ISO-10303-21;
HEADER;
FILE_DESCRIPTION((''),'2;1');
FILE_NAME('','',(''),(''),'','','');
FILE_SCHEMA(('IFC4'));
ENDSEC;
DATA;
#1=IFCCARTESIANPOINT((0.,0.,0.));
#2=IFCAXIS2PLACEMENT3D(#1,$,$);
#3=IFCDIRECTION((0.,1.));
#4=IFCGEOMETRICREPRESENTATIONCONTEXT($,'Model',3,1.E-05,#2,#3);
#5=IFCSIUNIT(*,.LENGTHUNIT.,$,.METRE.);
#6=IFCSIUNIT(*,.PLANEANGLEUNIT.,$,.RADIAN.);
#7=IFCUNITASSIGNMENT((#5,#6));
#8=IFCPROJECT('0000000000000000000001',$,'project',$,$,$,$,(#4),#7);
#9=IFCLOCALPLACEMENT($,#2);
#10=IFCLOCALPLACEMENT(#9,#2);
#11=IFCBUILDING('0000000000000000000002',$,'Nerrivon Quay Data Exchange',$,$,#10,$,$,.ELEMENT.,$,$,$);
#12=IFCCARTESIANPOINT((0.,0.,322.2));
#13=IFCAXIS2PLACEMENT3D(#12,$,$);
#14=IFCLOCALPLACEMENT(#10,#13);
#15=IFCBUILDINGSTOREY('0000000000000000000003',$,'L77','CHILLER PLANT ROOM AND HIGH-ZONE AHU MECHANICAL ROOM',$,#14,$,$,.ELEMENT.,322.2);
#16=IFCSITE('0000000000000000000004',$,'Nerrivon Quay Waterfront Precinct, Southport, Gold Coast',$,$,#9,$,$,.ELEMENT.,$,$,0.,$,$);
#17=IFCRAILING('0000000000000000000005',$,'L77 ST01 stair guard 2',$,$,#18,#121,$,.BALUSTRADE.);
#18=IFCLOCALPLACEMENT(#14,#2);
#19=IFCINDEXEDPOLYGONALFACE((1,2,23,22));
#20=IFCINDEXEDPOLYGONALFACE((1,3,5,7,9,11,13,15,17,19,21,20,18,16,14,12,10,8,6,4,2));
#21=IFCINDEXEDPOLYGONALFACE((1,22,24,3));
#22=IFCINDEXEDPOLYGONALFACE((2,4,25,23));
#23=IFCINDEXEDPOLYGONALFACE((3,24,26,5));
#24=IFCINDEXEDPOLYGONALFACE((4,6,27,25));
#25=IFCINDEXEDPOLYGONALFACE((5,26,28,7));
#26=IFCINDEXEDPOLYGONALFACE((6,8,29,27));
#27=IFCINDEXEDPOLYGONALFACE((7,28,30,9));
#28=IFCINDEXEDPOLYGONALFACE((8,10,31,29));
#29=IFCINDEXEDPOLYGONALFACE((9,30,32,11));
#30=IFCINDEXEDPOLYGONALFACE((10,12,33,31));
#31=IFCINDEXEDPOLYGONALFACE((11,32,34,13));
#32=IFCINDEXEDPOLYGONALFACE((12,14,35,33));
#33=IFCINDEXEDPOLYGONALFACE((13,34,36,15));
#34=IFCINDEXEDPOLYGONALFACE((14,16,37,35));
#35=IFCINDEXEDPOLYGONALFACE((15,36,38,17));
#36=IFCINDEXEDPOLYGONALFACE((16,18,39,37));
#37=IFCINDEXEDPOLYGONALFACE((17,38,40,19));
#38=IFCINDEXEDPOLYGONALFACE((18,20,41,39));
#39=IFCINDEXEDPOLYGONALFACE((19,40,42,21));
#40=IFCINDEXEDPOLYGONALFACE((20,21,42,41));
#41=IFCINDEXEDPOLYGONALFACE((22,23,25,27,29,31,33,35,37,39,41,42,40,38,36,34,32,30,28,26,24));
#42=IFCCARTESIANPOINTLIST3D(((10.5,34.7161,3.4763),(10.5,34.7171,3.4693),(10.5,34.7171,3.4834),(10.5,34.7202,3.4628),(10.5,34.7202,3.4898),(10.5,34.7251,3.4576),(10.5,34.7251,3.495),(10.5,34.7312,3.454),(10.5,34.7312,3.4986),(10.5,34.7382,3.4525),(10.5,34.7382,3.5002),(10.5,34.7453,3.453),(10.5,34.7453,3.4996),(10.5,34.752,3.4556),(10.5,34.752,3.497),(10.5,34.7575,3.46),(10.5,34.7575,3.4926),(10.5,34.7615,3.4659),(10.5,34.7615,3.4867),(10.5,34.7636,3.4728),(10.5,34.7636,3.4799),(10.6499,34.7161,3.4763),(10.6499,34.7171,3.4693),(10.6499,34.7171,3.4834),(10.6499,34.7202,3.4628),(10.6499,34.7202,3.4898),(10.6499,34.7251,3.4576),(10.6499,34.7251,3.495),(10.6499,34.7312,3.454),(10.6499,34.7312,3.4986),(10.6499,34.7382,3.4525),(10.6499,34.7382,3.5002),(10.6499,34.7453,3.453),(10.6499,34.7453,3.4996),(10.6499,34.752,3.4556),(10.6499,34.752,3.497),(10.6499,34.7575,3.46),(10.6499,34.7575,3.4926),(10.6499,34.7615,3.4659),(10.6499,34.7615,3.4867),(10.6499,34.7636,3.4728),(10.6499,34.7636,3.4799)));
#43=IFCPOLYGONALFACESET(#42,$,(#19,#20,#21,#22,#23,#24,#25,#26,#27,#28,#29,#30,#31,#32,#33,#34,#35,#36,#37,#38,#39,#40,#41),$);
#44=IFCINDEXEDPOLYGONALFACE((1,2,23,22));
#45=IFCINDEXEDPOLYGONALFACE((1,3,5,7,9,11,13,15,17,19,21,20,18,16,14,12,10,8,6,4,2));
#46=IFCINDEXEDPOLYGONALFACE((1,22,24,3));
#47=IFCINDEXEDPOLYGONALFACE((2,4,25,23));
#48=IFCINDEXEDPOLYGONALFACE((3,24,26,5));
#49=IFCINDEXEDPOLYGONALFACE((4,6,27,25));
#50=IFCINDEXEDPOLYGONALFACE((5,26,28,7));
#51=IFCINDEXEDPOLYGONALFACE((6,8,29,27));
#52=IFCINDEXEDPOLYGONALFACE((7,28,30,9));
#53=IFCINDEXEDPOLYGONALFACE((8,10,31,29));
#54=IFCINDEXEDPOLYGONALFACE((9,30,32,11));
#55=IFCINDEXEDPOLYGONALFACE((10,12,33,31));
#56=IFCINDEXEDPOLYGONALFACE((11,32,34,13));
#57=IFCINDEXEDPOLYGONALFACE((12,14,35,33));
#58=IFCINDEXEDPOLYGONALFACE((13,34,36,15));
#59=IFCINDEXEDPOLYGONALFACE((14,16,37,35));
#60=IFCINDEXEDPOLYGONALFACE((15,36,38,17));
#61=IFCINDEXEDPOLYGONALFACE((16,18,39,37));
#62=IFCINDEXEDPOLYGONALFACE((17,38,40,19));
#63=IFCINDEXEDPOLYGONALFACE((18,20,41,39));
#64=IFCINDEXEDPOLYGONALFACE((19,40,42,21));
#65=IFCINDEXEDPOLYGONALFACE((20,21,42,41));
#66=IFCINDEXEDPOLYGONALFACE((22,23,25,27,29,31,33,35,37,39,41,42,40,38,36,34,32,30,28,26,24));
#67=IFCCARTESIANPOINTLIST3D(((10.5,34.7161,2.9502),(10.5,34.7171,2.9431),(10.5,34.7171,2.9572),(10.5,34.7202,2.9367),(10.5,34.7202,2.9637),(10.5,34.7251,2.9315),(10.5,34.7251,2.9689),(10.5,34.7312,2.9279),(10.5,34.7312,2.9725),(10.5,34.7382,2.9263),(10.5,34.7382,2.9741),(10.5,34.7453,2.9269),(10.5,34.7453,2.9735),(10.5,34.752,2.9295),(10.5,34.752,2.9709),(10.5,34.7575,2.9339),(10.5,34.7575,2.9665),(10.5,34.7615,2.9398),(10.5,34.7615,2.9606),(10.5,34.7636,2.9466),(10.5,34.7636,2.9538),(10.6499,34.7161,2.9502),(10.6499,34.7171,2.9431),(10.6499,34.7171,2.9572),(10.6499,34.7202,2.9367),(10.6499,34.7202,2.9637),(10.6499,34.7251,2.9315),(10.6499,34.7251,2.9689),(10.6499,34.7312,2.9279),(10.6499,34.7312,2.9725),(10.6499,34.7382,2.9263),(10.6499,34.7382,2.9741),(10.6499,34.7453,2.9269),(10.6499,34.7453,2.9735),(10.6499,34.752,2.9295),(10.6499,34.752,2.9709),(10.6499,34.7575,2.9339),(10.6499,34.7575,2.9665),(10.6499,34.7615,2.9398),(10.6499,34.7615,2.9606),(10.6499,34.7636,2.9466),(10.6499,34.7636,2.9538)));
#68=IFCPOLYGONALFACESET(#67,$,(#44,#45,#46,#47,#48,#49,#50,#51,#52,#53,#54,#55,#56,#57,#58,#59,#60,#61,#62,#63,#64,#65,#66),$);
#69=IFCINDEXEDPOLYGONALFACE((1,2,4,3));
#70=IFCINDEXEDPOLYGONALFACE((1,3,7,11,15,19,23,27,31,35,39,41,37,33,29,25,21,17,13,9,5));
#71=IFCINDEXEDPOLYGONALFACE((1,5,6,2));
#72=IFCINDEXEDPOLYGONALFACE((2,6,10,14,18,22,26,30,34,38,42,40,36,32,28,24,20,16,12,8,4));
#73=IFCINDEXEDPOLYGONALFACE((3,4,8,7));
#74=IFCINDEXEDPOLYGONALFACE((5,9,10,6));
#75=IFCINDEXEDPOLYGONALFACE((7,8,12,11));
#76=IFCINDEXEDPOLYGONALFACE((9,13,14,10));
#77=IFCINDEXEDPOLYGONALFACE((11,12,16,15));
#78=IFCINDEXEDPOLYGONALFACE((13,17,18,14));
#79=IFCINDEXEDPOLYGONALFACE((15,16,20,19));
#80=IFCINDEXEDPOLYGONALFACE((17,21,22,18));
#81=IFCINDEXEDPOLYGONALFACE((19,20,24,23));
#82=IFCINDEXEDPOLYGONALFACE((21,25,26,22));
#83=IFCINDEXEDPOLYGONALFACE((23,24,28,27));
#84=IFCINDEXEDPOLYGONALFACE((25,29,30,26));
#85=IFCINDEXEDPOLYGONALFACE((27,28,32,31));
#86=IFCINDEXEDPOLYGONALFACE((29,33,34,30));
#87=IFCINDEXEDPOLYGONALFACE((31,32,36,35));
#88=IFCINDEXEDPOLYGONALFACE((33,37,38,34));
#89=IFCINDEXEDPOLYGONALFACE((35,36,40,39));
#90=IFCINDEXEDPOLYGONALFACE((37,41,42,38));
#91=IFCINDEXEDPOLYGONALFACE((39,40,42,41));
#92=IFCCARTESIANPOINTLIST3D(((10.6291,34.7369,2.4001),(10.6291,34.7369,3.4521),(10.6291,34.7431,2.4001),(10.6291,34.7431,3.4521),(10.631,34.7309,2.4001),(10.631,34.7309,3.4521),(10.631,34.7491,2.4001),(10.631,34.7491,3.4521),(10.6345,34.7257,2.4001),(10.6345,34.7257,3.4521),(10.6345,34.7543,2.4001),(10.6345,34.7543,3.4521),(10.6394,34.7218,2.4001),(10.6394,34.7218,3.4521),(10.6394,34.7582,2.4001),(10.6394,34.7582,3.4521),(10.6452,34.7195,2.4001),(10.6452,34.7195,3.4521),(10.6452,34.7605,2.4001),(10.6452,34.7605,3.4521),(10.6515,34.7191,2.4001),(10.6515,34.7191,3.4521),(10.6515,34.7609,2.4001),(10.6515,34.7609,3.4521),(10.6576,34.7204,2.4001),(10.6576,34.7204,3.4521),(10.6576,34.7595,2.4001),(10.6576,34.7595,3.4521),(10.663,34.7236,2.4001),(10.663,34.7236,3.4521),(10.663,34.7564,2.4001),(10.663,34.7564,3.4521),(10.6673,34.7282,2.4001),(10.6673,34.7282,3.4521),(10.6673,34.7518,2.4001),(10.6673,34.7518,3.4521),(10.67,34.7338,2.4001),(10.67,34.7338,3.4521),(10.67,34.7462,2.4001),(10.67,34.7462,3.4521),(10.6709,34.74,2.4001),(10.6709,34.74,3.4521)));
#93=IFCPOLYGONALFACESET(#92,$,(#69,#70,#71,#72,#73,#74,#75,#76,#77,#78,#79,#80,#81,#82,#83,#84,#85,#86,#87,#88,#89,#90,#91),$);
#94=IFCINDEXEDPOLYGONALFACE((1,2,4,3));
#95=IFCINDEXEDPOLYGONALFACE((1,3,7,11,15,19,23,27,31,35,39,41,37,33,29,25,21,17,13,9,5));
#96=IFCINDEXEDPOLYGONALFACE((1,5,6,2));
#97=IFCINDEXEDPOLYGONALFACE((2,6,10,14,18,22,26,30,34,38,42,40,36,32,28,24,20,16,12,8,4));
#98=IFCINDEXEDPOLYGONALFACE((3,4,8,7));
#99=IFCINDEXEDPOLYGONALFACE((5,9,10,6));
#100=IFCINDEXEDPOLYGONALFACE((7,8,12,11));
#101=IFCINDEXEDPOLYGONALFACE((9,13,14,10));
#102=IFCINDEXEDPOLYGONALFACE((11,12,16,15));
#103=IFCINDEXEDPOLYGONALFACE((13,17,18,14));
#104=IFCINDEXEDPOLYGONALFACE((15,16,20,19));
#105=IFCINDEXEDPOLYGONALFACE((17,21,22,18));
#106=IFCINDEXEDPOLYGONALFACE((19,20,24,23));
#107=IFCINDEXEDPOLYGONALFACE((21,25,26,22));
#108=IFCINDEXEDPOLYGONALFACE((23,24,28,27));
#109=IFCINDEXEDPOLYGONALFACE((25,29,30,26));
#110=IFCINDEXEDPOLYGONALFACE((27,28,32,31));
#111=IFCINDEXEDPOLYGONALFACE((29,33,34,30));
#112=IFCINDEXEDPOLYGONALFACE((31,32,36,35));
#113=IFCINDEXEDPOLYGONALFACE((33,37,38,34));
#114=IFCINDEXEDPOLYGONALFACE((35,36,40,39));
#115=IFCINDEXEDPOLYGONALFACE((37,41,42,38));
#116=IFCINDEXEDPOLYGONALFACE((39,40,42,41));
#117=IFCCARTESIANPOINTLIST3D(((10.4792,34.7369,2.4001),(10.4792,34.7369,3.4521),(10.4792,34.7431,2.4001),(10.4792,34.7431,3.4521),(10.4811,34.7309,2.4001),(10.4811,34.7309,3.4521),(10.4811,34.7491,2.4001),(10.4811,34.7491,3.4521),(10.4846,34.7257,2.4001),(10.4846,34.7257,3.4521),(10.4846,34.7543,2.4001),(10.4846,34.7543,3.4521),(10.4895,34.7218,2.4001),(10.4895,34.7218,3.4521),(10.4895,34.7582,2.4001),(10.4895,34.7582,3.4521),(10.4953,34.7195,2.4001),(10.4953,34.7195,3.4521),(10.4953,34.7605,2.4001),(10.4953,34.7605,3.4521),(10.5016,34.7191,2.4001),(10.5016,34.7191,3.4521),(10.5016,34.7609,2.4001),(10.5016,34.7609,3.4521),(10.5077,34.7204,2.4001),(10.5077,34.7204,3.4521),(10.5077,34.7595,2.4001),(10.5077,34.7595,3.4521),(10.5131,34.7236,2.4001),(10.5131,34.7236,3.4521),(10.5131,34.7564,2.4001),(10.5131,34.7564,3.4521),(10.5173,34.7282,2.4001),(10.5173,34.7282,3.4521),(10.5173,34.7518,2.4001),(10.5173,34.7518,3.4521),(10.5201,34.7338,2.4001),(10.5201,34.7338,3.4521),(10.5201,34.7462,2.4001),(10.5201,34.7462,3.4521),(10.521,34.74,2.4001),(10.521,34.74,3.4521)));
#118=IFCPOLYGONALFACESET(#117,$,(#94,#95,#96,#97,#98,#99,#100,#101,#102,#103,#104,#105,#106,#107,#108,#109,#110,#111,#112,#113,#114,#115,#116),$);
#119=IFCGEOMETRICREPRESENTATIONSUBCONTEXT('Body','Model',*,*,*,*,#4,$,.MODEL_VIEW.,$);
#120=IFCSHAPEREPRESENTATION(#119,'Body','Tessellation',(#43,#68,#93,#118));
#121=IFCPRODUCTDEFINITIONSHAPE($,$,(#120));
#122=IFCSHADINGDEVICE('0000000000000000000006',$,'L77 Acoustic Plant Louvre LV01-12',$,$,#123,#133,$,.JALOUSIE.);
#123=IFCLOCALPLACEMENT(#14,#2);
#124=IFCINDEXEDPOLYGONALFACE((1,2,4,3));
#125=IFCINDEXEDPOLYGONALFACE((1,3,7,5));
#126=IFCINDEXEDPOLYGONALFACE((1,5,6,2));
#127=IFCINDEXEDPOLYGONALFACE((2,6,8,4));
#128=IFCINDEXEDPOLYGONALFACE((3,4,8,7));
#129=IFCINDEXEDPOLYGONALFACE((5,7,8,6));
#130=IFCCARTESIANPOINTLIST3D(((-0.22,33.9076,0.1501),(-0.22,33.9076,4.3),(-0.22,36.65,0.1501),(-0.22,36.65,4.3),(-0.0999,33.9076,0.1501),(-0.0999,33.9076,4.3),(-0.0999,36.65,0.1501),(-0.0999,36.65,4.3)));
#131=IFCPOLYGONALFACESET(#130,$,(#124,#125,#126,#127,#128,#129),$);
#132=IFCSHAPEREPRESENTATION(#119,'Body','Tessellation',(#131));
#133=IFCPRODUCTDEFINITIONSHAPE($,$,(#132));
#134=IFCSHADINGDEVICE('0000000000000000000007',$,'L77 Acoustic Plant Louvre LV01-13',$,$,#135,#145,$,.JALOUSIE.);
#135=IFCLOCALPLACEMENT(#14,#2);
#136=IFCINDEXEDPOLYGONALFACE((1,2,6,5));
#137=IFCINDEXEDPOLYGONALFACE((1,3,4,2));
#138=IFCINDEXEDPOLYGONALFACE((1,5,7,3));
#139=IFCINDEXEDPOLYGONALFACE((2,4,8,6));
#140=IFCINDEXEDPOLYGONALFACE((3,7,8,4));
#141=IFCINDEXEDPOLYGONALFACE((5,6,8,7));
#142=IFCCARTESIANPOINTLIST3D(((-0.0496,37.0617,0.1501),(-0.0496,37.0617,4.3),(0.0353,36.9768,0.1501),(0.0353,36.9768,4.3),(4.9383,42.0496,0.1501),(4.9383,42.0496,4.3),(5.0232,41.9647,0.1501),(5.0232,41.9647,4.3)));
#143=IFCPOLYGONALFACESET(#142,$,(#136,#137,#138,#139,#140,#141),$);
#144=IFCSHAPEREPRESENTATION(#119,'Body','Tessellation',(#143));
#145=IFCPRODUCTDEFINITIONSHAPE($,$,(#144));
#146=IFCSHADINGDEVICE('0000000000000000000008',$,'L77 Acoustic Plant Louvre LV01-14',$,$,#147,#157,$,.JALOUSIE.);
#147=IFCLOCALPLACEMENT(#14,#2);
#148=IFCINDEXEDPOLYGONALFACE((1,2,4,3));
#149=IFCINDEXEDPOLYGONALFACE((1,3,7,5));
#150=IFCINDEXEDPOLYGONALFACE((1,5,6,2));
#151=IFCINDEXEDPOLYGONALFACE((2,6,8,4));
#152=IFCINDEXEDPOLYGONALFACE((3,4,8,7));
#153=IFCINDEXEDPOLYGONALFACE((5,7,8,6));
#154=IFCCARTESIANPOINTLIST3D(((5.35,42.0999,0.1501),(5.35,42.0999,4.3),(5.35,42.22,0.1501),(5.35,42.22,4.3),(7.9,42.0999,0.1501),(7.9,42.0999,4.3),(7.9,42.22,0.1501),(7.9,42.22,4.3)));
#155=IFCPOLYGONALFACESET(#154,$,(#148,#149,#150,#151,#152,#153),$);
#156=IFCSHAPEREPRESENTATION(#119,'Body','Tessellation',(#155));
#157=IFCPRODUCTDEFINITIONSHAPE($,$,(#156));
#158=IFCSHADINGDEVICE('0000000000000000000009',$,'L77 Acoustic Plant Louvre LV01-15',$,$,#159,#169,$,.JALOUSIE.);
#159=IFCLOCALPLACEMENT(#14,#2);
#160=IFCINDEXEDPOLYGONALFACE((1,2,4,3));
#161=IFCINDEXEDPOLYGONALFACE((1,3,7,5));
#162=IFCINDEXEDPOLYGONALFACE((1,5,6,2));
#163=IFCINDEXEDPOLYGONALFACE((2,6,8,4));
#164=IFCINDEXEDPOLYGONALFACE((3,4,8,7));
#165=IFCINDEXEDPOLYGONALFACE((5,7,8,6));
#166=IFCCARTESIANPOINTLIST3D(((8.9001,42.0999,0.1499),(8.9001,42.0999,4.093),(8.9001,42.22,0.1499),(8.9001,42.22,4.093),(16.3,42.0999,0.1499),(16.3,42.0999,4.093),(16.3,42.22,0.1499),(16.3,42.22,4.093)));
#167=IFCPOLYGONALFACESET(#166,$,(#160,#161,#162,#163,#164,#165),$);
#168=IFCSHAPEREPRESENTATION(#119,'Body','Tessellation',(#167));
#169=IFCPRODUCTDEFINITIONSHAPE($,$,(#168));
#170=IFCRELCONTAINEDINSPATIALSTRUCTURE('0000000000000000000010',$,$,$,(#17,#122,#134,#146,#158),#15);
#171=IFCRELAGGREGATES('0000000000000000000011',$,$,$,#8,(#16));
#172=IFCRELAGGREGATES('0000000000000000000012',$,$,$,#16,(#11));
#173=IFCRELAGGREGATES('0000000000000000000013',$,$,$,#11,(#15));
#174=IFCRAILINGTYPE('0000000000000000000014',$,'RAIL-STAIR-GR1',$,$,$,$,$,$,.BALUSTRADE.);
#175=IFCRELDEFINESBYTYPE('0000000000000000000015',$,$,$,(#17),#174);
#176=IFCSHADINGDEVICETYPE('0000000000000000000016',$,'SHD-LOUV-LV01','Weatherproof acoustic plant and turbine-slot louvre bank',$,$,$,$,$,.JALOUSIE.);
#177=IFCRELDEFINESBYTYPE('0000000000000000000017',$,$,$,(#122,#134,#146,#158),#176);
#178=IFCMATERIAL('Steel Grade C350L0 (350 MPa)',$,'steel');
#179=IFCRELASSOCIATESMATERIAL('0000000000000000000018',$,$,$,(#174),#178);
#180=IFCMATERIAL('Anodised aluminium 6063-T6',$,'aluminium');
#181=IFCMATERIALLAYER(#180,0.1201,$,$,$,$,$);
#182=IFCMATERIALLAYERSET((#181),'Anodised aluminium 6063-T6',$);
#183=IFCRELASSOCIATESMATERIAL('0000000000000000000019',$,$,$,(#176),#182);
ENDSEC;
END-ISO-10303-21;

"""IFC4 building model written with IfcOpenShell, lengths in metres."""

from ifc_helpers import new_model, si_unit, direction, frame, origin, origin_2d, place, context, subcontext, project, spatial, rectangle, circle, extrude, material, layer, layer_set, type_object, element, save


model = new_model("IFC4")

# Units and contexts
model_context = context("Model", 3, precision=1e-05, world=origin(), true_north=direction((0.0, 1.0)))
body_context = subcontext(model_context, "Body", "Model", "MODEL_VIEW")
ifc_project = project(units=[si_unit("LENGTHUNIT", "METRE"), si_unit("PLANEANGLEUNIT", "RADIAN")], contexts=[model_context])

# Site, building, storey
site_placement = place(None, origin())
site = spatial("IfcSite", under=ifc_project, at=site_placement, Name="Nerrivon Quay Waterfront Precinct, Southport, Gold Coast", CompositionType="ELEMENT", RefElevation=0.0)
building_placement = place(site_placement, origin())
building = spatial("IfcBuilding", under=site, at=building_placement, Name="Nerrivon Quay Data Exchange", CompositionType="ELEMENT")
storey_placement = place(building_placement, frame((0.0, 0.0, 322.2)))
storey = spatial("IfcBuildingStorey", under=building, at=storey_placement, Name="L77", Description="CHILLER PLANT ROOM AND HIGH-ZONE AHU MECHANICAL ROOM", CompositionType="ELEMENT", Elevation=322.2)

# Railing
ifc_material_1 = material(Name="Steel Grade C350L0 (350 MPa)", Category="steel")
railing_type_1 = type_object("IfcRailingType", Name="RAIL-STAIR-GR1", PredefinedType="BALUSTRADE", material=ifc_material_1)
railing_1_placement = place(storey_placement, frame((10.6499, 34.74, 2.4001)))
element("IfcRailing", 1, at=railing_1_placement, inside=storey, type_object=railing_type_1, Name="L77 ST01 stair guard 2", PredefinedType="BALUSTRADE", context=body_context, shape_type="SweptSolid", body=[
    extrude(circle(Radius=0.0239, at=origin_2d()), frame((0.0, 0.0, 1.0762), z_axis=(-1.0, 0.0, 0.0), x_axis=(0.0, -1.0, 0.0)), (0.0, 0.0, 1.0), 0.1499),
    extrude(circle(Radius=0.0239, at=origin_2d()), frame((0.0, 0.0, 0.55), z_axis=(-1.0, 0.0, 0.0), x_axis=(0.0, -1.0, 0.0)), (0.0, 0.0, 1.0), 0.1499),
    extrude(circle(Radius=0.021, at=origin_2d()), origin(), (0.0, 0.0, 1.0), 1.052),
    extrude(circle(Radius=0.021, at=origin_2d()), frame((-0.1499, 0.0, 0.0)), (0.0, 0.0, 1.0), 1.052),
])

# Shading devices
ifc_material_2 = material(Name="Anodised aluminium 6063-T6", Category="aluminium")
ifc_layer_1 = layer(ifc_material_2, 0.1201)
ifc_layer_set_1 = layer_set([ifc_layer_1], Name="Anodised aluminium 6063-T6")
shading_device_type = type_object("IfcShadingDeviceType", Name="SHD-LOUV-LV01", Description="Weatherproof acoustic plant and turbine-slot louvre bank", PredefinedType="JALOUSIE", material=ifc_layer_set_1)
shading_device_1_placement = place(storey_placement, frame((-0.1599, 35.2788, 0.1501), z_axis=(0.0, 0.0, 1.0), x_axis=(0.0, 1.0, 0.0)))
element("IfcShadingDevice", 2, at=shading_device_1_placement, inside=storey, type_object=shading_device_type, Name="L77 Acoustic Plant Louvre LV01-12", PredefinedType="JALOUSIE", context=body_context, shape_type="SweptSolid", body=[
    extrude(rectangle(XDim=2.7424, YDim=0.1201, at=origin_2d()), origin(), (0.0, 0.0, 1.0), 4.1499),
])
shading_device_2_placement = place(storey_placement, frame((2.4868, 39.5132, 0.1501), z_axis=(0.0, 0.0, 1.0), x_axis=(0.707107, 0.707107, 0.0)))
element("IfcShadingDevice", 3, at=shading_device_2_placement, inside=storey, type_object=shading_device_type, Name="L77 Acoustic Plant Louvre LV01-13", PredefinedType="JALOUSIE", context=body_context, shape_type="SweptSolid", body=[
    extrude(rectangle(XDim=7.054, YDim=0.1201, at=origin_2d()), origin(), (0.0, 0.0, 1.0), 4.1499),
])
shading_device_3_placement = place(storey_placement, frame((6.625, 42.1599, 0.1501), z_axis=(0.0, 0.0, 1.0), x_axis=(1.0, 0.0, 0.0)))
element("IfcShadingDevice", 4, at=shading_device_3_placement, inside=storey, type_object=shading_device_type, Name="L77 Acoustic Plant Louvre LV01-14", PredefinedType="JALOUSIE", context=body_context, shape_type="SweptSolid", body=[
    extrude(rectangle(XDim=2.55, YDim=0.1201, at=origin_2d()), origin(), (0.0, 0.0, 1.0), 4.1499),
])
shading_device_4_placement = place(storey_placement, frame((12.6001, 42.1599, 0.1499), z_axis=(0.0, 0.0, 1.0), x_axis=(1.0, 0.0, 0.0)))
element("IfcShadingDevice", 5, at=shading_device_4_placement, inside=storey, type_object=shading_device_type, Name="L77 Acoustic Plant Louvre LV01-15", PredefinedType="JALOUSIE", context=body_context, shape_type="SweptSolid", body=[
    extrude(rectangle(XDim=7.3999, YDim=0.1201, at=origin_2d()), origin(), (0.0, 0.0, 1.0), 3.9431),
])

save(model, "model.ifc")
